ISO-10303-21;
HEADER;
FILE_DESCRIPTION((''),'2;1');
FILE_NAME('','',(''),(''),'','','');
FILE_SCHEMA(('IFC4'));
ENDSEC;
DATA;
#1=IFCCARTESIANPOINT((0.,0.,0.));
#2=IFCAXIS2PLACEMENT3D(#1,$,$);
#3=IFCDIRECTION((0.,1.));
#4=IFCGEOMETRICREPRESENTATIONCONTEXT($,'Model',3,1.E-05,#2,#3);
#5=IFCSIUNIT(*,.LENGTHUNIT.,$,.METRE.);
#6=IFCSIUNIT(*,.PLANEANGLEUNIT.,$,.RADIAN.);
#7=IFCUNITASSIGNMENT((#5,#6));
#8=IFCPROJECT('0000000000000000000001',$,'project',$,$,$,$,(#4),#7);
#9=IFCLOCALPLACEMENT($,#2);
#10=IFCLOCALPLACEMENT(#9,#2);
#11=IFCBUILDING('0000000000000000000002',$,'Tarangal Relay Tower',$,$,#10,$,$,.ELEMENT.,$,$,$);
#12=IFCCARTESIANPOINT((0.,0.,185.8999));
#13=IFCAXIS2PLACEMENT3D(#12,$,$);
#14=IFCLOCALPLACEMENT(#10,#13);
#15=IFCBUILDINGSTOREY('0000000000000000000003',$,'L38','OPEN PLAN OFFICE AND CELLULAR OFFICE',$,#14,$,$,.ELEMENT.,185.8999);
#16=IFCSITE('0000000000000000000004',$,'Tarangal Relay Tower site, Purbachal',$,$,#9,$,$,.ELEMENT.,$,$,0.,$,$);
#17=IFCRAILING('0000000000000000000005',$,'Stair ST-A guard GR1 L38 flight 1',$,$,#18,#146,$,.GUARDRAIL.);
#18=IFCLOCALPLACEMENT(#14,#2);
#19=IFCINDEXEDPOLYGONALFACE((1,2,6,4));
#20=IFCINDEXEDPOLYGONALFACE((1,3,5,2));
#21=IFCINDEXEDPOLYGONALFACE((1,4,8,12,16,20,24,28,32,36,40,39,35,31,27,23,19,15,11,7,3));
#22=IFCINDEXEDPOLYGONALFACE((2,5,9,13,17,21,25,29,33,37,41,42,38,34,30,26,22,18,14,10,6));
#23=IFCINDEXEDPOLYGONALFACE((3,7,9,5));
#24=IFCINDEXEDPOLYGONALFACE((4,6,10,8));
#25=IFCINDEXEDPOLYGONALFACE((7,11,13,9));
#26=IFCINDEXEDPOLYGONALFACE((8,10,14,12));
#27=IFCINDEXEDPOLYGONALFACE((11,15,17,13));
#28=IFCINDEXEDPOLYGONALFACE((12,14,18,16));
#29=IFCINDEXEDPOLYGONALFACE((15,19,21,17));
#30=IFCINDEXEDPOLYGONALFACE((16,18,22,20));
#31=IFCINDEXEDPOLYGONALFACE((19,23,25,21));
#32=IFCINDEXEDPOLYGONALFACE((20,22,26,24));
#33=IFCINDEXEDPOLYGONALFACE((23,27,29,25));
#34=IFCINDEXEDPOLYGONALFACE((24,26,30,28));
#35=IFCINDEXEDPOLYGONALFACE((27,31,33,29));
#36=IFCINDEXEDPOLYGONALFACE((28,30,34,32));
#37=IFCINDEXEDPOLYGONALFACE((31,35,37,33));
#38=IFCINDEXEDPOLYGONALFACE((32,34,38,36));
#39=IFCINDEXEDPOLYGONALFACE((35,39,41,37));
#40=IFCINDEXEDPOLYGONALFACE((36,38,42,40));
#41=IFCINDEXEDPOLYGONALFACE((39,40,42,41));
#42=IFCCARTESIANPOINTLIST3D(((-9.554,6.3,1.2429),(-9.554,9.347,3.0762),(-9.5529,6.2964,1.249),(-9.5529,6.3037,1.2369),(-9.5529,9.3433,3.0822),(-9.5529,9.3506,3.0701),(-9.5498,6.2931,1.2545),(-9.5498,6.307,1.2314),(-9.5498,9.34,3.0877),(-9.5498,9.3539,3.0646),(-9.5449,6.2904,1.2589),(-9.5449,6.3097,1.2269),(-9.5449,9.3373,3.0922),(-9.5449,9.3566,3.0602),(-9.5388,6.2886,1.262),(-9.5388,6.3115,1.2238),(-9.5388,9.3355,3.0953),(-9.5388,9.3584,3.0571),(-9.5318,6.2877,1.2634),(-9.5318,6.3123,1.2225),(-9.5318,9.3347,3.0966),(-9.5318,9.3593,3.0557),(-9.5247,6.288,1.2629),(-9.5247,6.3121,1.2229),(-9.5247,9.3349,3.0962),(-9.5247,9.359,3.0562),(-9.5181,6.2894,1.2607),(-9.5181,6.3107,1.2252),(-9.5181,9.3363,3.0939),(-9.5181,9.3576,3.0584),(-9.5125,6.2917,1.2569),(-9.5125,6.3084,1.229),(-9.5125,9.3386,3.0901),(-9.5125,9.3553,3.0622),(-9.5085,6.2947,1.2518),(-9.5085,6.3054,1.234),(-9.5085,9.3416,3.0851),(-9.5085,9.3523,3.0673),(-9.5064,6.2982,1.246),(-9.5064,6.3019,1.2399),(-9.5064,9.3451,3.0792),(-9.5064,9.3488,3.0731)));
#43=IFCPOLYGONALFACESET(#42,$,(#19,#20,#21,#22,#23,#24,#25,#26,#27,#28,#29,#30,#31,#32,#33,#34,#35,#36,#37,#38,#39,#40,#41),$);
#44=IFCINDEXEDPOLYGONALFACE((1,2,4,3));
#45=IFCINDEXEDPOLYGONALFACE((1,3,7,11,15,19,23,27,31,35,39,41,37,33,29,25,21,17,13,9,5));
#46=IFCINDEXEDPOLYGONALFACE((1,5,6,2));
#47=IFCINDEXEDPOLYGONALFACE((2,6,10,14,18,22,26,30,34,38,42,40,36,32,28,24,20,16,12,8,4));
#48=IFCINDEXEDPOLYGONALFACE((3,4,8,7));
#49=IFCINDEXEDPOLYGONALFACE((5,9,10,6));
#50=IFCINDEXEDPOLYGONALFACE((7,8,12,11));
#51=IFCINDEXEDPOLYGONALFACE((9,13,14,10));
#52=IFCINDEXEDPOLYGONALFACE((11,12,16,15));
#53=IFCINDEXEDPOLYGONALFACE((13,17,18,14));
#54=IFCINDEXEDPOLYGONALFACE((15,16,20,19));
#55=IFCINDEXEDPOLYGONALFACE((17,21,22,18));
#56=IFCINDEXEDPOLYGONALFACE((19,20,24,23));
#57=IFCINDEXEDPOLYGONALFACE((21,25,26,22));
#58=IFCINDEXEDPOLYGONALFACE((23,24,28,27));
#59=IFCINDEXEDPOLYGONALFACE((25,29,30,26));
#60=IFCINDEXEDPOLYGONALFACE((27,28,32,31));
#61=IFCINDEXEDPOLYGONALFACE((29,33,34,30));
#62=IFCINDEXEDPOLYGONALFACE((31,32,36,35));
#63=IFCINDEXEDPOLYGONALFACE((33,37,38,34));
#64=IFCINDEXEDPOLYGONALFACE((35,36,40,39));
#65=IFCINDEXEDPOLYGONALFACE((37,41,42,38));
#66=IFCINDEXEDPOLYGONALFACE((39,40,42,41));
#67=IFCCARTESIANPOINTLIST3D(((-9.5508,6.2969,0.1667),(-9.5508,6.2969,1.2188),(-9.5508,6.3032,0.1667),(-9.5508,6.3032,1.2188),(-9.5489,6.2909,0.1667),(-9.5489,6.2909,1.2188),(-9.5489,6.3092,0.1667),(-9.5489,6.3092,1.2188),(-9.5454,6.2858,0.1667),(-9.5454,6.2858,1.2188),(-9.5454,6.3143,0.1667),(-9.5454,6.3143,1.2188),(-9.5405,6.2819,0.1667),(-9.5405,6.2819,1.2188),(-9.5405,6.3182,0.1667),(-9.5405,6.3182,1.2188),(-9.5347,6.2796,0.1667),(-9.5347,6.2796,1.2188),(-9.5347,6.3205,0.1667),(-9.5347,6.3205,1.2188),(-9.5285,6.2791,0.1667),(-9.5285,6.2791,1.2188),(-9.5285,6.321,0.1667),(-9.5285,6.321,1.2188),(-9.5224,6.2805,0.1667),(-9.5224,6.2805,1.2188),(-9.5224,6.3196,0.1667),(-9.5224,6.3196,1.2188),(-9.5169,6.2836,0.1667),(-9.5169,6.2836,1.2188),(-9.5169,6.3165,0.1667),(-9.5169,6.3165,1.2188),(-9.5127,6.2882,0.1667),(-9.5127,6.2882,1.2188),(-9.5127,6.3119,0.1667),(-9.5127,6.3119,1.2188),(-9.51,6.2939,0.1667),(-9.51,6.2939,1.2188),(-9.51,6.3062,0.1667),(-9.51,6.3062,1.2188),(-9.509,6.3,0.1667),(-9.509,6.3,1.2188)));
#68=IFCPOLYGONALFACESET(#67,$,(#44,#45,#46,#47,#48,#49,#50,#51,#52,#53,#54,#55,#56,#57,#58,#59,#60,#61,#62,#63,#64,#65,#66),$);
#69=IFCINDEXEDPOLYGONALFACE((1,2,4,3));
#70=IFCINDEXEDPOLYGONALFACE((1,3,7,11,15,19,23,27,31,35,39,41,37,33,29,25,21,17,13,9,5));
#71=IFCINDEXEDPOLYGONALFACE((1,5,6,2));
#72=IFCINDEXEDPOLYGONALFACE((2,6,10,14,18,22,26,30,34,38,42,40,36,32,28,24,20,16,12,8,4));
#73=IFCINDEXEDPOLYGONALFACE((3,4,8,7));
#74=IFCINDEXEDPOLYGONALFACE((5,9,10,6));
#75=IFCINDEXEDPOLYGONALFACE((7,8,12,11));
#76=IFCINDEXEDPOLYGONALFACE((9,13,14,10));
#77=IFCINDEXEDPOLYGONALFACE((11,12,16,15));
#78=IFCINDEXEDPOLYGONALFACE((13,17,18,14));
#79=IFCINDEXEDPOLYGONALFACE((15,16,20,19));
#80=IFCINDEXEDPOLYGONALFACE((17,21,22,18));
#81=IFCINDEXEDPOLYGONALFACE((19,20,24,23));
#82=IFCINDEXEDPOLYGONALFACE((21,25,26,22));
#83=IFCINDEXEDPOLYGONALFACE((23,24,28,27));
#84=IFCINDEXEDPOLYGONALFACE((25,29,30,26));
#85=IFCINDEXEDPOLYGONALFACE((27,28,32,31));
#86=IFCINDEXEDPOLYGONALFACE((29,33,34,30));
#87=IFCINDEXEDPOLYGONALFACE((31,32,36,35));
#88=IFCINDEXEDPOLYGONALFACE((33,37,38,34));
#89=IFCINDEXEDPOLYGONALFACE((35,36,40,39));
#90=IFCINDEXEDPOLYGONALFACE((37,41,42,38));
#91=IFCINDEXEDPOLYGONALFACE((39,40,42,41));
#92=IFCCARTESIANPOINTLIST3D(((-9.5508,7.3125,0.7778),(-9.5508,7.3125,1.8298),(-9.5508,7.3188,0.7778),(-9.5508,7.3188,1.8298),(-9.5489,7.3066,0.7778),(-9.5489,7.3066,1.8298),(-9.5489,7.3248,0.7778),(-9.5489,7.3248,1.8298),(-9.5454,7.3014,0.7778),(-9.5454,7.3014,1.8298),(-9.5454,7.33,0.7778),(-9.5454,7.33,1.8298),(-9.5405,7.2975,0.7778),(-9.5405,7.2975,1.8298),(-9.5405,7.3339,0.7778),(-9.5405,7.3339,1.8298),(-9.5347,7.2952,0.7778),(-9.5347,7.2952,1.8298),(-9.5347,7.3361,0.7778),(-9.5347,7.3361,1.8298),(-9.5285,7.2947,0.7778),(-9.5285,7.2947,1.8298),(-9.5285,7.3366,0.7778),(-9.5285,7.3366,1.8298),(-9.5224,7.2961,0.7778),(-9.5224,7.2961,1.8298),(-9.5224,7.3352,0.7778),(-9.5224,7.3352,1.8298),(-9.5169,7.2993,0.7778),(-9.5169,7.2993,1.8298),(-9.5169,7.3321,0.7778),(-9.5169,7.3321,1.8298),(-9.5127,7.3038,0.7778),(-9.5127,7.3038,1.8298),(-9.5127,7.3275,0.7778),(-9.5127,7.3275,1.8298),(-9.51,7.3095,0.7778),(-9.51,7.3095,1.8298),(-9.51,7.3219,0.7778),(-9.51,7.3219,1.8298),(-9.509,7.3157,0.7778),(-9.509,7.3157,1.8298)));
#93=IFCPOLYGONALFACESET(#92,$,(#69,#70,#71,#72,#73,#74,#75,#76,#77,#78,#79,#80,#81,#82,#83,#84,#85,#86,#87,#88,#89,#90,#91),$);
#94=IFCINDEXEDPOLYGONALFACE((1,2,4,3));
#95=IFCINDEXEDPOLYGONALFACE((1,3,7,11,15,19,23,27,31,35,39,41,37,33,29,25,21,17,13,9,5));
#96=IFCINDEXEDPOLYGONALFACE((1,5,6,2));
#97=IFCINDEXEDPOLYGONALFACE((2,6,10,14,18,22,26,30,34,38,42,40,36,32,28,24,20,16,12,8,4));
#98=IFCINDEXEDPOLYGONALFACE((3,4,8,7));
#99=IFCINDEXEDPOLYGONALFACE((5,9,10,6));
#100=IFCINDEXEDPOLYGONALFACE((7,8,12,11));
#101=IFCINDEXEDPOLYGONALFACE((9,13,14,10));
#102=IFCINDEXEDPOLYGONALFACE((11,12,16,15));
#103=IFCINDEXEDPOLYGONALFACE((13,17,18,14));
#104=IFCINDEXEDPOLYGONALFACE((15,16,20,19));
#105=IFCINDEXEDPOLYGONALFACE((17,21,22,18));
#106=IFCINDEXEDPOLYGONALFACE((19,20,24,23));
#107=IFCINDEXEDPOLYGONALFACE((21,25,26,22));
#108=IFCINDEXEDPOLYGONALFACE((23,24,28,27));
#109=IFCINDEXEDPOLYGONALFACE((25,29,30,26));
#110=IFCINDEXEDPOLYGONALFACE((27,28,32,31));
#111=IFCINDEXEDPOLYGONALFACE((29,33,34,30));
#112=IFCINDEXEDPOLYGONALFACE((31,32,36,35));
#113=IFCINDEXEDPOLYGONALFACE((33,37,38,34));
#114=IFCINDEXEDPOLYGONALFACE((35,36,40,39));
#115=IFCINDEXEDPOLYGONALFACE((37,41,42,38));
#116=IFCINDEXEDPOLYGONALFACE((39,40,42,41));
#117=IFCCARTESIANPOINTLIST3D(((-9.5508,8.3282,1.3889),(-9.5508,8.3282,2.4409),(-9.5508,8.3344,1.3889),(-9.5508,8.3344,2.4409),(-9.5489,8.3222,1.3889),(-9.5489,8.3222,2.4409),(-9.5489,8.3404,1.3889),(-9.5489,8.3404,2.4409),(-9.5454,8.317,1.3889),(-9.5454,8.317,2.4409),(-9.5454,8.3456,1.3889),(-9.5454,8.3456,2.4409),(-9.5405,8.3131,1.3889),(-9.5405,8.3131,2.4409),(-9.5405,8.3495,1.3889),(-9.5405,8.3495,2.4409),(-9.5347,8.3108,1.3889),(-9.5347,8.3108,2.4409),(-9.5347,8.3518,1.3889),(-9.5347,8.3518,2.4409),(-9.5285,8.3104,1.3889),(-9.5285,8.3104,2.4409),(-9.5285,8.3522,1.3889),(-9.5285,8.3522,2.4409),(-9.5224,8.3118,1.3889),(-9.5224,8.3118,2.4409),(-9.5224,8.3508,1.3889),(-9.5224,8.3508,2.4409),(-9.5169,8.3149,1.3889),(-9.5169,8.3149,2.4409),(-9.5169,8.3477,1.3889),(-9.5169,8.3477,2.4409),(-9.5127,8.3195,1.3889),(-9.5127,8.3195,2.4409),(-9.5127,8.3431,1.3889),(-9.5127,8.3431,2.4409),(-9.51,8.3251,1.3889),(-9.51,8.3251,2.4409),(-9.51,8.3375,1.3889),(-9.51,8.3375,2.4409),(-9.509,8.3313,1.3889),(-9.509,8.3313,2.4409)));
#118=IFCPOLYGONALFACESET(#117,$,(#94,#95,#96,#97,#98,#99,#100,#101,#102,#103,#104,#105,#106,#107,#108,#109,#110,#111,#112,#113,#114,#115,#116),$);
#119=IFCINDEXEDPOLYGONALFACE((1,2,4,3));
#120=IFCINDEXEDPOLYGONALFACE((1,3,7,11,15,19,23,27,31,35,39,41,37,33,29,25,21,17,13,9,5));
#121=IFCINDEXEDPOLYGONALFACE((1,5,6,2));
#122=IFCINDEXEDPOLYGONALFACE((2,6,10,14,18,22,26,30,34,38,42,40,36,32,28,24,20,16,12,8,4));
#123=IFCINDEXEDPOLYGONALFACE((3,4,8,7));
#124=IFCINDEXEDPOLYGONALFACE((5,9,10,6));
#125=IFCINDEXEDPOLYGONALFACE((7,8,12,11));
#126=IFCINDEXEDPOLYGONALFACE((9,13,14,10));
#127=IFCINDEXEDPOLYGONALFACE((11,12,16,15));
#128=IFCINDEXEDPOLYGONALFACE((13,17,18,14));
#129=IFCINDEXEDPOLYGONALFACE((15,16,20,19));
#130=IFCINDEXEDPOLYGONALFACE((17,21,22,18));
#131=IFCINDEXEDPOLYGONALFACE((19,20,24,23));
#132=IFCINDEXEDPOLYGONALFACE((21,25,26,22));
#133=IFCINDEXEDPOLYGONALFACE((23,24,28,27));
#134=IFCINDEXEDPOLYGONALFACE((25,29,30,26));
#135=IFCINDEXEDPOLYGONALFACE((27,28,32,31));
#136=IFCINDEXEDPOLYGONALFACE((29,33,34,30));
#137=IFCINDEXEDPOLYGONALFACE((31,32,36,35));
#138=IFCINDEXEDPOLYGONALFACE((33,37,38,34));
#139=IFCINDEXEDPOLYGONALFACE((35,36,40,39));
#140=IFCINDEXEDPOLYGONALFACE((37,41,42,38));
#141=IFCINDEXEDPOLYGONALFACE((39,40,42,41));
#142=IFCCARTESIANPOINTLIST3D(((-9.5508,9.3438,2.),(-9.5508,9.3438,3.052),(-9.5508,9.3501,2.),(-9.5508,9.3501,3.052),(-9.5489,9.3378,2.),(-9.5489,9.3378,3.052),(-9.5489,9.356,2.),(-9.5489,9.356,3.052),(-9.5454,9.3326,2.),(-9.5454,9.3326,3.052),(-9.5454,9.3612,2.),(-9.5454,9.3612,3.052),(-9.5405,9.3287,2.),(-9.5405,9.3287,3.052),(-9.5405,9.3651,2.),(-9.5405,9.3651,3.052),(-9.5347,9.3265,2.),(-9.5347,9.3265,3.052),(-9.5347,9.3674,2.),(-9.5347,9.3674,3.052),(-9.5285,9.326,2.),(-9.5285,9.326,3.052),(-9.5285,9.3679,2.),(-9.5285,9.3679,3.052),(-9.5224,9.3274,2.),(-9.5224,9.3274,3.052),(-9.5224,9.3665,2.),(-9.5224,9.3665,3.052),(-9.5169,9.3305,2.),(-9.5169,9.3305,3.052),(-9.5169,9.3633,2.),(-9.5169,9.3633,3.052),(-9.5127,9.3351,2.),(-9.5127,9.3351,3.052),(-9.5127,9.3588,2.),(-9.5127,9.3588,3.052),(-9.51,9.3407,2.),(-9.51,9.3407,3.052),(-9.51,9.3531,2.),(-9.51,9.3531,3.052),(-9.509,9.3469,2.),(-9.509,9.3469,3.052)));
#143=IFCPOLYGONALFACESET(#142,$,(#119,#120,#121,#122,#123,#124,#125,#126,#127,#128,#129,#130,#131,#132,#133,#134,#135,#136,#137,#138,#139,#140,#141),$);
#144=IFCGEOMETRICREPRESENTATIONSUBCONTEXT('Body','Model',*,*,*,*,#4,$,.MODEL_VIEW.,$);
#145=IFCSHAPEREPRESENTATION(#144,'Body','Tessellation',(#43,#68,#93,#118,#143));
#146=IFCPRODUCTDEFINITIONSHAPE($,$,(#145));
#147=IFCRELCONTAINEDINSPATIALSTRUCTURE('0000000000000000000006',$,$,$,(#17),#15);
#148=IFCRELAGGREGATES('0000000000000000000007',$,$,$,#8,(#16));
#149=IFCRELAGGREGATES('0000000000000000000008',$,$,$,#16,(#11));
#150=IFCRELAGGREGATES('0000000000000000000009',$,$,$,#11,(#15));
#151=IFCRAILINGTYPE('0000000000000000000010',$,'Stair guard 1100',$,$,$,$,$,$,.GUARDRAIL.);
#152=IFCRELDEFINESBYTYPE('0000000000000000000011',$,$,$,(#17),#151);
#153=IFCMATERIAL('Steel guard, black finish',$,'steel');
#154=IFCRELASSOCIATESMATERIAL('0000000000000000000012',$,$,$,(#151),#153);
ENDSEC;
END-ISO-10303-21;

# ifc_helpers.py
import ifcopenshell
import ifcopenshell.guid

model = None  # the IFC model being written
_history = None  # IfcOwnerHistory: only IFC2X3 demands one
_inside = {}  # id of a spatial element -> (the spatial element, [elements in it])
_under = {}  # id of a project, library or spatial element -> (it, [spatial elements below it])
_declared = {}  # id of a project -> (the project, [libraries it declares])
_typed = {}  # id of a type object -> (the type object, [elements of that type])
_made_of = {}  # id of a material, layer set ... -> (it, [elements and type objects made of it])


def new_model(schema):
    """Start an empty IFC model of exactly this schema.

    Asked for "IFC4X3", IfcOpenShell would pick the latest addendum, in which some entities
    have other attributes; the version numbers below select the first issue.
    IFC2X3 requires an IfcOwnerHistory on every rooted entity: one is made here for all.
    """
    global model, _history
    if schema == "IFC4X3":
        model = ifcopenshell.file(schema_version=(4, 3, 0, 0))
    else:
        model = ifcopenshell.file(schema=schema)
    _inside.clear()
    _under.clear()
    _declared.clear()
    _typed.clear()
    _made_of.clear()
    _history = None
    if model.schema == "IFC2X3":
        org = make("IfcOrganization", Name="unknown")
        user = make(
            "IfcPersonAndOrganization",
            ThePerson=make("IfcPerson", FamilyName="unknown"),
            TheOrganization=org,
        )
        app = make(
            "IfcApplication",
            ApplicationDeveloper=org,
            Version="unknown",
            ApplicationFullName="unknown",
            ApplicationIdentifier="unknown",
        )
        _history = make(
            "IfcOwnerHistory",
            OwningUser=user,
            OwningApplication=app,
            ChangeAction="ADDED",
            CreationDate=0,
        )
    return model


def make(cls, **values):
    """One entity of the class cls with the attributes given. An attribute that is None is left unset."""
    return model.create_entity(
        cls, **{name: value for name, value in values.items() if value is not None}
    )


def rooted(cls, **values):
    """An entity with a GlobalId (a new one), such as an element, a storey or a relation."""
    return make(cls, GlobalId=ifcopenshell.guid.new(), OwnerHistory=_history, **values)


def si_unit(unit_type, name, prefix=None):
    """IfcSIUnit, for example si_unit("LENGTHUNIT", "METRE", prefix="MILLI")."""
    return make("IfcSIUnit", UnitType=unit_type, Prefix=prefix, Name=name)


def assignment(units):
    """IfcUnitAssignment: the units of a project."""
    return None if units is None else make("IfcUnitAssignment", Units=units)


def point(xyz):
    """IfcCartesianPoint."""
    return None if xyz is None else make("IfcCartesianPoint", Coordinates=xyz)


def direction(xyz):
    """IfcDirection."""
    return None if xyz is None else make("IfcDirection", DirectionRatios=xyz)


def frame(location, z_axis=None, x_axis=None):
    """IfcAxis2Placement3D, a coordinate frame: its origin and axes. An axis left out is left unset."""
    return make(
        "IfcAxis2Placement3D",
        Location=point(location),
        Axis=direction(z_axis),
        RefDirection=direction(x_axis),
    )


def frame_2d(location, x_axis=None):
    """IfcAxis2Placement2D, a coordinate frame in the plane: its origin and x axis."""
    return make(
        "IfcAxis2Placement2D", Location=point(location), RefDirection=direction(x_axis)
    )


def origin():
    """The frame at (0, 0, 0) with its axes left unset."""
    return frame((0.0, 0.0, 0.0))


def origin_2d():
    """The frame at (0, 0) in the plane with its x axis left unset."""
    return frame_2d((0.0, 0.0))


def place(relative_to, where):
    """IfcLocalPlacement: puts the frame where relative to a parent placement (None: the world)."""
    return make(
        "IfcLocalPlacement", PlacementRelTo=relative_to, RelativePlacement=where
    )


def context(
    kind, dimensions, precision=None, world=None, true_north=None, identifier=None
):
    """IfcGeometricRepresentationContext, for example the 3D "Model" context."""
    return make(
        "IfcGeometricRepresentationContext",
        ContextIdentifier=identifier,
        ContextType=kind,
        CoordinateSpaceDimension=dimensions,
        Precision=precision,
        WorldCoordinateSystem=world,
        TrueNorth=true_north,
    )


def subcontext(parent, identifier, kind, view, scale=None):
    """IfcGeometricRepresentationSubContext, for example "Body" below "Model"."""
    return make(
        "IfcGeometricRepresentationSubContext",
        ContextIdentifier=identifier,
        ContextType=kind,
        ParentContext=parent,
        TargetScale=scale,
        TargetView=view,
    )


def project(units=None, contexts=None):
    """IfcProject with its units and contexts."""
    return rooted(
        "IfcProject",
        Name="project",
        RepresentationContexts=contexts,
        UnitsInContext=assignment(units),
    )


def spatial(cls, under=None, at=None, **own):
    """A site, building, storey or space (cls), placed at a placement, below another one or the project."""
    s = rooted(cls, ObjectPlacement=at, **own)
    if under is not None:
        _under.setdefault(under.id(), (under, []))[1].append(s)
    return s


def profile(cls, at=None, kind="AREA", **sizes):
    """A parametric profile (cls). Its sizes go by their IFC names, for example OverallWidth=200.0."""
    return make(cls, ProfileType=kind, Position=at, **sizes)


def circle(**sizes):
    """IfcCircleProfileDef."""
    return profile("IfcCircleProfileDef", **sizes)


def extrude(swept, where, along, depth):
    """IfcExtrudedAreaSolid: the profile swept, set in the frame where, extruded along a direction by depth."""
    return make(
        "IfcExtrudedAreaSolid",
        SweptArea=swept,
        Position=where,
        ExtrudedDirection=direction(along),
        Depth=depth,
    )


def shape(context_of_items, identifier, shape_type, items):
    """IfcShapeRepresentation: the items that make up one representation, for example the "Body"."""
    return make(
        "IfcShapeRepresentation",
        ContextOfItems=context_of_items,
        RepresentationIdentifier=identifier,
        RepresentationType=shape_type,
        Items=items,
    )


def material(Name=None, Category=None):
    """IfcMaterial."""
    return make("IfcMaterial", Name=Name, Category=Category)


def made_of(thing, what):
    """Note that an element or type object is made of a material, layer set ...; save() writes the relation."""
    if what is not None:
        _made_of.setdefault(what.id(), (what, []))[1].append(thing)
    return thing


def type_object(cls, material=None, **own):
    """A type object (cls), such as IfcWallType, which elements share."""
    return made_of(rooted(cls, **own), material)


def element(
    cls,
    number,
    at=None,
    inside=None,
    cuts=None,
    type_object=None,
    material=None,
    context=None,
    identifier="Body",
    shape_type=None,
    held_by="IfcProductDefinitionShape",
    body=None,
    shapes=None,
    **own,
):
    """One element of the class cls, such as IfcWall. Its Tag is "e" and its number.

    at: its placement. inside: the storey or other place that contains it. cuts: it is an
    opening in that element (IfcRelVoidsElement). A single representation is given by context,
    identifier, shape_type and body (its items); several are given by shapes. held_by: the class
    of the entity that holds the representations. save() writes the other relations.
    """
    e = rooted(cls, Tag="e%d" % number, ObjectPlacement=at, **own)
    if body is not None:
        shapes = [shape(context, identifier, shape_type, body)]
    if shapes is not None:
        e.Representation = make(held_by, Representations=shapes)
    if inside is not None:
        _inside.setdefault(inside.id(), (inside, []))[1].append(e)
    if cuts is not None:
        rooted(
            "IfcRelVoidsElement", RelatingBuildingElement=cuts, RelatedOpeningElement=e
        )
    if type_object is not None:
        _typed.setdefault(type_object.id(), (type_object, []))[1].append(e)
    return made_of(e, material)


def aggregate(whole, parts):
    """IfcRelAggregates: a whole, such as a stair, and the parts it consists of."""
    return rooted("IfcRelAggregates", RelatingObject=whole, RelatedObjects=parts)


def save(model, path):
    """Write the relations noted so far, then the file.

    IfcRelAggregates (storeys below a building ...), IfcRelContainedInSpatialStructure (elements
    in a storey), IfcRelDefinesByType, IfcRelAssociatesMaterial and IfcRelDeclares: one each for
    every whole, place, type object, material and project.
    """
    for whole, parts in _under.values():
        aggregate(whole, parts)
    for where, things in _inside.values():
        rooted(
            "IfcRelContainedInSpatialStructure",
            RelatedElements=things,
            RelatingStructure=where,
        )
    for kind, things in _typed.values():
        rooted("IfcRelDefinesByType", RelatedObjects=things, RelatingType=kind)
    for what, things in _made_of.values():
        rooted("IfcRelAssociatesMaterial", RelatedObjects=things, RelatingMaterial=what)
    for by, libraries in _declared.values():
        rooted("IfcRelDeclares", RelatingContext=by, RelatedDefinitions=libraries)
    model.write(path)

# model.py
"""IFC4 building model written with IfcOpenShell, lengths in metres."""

from ifc_helpers import new_model, si_unit, direction, frame, origin, origin_2d, place, context, subcontext, project, spatial, circle, extrude, material, type_object, element, save


model = new_model("IFC4")

# Units and contexts
model_context = context("Model", 3, precision=1e-05, world=origin(), true_north=direction((0.0, 1.0)))
body_context = subcontext(model_context, "Body", "Model", "MODEL_VIEW")
ifc_project = project(units=[si_unit("LENGTHUNIT", "METRE"), si_unit("PLANEANGLEUNIT", "RADIAN")], contexts=[model_context])

# Site, building, storey
site_placement = place(None, origin())
site = spatial("IfcSite", under=ifc_project, at=site_placement, Name="Tarangal Relay Tower site, Purbachal", CompositionType="ELEMENT", RefElevation=0.0)
building_placement = place(site_placement, origin())
building = spatial("IfcBuilding", under=site, at=building_placement, Name="Tarangal Relay Tower", CompositionType="ELEMENT")
storey_placement = place(building_placement, frame((0.0, 0.0, 185.8999)))
storey = spatial("IfcBuildingStorey", under=building, at=storey_placement, Name="L38", Description="OPEN PLAN OFFICE AND CELLULAR OFFICE", CompositionType="ELEMENT", Elevation=185.8999)

# Railing
ifc_material_1 = material(Name="Steel guard, black finish", Category="steel")
railing_type_1 = type_object("IfcRailingType", Name="Stair guard 1100", PredefinedType="GUARDRAIL", material=ifc_material_1)
railing_1_placement = place(storey_placement, frame((-9.53, 6.3, 0.1667)))
element("IfcRailing", 1, at=railing_1_placement, inside=storey, type_object=railing_type_1, Name="Stair ST-A guard GR1 L38 flight 1", PredefinedType="GUARDRAIL", context=body_context, shape_type="SweptSolid", body=[
    extrude(circle(Radius=0.0239, at=origin_2d()), frame((0.0, 0.0, 1.0762), z_axis=(0.0, 0.856856, 0.515556), x_axis=(-1.0, 0.0, 0.0)), (0.0, 0.0, 1.0), 3.5559),
    extrude(circle(Radius=0.021, at=origin_2d()), origin(), (0.0, 0.0, 1.0), 1.052),
    extrude(circle(Radius=0.021, at=origin_2d()), frame((0.0, 1.0156, 0.6111)), (0.0, 0.0, 1.0), 1.052),
    extrude(circle(Radius=0.021, at=origin_2d()), frame((0.0, 2.0312, 1.2222)), (0.0, 0.0, 1.0), 1.052),
    extrude(circle(Radius=0.021, at=origin_2d()), frame((0.0, 3.0469, 1.8333)), (0.0, 0.0, 1.0), 1.052),
])

save(model, "model.ifc")
